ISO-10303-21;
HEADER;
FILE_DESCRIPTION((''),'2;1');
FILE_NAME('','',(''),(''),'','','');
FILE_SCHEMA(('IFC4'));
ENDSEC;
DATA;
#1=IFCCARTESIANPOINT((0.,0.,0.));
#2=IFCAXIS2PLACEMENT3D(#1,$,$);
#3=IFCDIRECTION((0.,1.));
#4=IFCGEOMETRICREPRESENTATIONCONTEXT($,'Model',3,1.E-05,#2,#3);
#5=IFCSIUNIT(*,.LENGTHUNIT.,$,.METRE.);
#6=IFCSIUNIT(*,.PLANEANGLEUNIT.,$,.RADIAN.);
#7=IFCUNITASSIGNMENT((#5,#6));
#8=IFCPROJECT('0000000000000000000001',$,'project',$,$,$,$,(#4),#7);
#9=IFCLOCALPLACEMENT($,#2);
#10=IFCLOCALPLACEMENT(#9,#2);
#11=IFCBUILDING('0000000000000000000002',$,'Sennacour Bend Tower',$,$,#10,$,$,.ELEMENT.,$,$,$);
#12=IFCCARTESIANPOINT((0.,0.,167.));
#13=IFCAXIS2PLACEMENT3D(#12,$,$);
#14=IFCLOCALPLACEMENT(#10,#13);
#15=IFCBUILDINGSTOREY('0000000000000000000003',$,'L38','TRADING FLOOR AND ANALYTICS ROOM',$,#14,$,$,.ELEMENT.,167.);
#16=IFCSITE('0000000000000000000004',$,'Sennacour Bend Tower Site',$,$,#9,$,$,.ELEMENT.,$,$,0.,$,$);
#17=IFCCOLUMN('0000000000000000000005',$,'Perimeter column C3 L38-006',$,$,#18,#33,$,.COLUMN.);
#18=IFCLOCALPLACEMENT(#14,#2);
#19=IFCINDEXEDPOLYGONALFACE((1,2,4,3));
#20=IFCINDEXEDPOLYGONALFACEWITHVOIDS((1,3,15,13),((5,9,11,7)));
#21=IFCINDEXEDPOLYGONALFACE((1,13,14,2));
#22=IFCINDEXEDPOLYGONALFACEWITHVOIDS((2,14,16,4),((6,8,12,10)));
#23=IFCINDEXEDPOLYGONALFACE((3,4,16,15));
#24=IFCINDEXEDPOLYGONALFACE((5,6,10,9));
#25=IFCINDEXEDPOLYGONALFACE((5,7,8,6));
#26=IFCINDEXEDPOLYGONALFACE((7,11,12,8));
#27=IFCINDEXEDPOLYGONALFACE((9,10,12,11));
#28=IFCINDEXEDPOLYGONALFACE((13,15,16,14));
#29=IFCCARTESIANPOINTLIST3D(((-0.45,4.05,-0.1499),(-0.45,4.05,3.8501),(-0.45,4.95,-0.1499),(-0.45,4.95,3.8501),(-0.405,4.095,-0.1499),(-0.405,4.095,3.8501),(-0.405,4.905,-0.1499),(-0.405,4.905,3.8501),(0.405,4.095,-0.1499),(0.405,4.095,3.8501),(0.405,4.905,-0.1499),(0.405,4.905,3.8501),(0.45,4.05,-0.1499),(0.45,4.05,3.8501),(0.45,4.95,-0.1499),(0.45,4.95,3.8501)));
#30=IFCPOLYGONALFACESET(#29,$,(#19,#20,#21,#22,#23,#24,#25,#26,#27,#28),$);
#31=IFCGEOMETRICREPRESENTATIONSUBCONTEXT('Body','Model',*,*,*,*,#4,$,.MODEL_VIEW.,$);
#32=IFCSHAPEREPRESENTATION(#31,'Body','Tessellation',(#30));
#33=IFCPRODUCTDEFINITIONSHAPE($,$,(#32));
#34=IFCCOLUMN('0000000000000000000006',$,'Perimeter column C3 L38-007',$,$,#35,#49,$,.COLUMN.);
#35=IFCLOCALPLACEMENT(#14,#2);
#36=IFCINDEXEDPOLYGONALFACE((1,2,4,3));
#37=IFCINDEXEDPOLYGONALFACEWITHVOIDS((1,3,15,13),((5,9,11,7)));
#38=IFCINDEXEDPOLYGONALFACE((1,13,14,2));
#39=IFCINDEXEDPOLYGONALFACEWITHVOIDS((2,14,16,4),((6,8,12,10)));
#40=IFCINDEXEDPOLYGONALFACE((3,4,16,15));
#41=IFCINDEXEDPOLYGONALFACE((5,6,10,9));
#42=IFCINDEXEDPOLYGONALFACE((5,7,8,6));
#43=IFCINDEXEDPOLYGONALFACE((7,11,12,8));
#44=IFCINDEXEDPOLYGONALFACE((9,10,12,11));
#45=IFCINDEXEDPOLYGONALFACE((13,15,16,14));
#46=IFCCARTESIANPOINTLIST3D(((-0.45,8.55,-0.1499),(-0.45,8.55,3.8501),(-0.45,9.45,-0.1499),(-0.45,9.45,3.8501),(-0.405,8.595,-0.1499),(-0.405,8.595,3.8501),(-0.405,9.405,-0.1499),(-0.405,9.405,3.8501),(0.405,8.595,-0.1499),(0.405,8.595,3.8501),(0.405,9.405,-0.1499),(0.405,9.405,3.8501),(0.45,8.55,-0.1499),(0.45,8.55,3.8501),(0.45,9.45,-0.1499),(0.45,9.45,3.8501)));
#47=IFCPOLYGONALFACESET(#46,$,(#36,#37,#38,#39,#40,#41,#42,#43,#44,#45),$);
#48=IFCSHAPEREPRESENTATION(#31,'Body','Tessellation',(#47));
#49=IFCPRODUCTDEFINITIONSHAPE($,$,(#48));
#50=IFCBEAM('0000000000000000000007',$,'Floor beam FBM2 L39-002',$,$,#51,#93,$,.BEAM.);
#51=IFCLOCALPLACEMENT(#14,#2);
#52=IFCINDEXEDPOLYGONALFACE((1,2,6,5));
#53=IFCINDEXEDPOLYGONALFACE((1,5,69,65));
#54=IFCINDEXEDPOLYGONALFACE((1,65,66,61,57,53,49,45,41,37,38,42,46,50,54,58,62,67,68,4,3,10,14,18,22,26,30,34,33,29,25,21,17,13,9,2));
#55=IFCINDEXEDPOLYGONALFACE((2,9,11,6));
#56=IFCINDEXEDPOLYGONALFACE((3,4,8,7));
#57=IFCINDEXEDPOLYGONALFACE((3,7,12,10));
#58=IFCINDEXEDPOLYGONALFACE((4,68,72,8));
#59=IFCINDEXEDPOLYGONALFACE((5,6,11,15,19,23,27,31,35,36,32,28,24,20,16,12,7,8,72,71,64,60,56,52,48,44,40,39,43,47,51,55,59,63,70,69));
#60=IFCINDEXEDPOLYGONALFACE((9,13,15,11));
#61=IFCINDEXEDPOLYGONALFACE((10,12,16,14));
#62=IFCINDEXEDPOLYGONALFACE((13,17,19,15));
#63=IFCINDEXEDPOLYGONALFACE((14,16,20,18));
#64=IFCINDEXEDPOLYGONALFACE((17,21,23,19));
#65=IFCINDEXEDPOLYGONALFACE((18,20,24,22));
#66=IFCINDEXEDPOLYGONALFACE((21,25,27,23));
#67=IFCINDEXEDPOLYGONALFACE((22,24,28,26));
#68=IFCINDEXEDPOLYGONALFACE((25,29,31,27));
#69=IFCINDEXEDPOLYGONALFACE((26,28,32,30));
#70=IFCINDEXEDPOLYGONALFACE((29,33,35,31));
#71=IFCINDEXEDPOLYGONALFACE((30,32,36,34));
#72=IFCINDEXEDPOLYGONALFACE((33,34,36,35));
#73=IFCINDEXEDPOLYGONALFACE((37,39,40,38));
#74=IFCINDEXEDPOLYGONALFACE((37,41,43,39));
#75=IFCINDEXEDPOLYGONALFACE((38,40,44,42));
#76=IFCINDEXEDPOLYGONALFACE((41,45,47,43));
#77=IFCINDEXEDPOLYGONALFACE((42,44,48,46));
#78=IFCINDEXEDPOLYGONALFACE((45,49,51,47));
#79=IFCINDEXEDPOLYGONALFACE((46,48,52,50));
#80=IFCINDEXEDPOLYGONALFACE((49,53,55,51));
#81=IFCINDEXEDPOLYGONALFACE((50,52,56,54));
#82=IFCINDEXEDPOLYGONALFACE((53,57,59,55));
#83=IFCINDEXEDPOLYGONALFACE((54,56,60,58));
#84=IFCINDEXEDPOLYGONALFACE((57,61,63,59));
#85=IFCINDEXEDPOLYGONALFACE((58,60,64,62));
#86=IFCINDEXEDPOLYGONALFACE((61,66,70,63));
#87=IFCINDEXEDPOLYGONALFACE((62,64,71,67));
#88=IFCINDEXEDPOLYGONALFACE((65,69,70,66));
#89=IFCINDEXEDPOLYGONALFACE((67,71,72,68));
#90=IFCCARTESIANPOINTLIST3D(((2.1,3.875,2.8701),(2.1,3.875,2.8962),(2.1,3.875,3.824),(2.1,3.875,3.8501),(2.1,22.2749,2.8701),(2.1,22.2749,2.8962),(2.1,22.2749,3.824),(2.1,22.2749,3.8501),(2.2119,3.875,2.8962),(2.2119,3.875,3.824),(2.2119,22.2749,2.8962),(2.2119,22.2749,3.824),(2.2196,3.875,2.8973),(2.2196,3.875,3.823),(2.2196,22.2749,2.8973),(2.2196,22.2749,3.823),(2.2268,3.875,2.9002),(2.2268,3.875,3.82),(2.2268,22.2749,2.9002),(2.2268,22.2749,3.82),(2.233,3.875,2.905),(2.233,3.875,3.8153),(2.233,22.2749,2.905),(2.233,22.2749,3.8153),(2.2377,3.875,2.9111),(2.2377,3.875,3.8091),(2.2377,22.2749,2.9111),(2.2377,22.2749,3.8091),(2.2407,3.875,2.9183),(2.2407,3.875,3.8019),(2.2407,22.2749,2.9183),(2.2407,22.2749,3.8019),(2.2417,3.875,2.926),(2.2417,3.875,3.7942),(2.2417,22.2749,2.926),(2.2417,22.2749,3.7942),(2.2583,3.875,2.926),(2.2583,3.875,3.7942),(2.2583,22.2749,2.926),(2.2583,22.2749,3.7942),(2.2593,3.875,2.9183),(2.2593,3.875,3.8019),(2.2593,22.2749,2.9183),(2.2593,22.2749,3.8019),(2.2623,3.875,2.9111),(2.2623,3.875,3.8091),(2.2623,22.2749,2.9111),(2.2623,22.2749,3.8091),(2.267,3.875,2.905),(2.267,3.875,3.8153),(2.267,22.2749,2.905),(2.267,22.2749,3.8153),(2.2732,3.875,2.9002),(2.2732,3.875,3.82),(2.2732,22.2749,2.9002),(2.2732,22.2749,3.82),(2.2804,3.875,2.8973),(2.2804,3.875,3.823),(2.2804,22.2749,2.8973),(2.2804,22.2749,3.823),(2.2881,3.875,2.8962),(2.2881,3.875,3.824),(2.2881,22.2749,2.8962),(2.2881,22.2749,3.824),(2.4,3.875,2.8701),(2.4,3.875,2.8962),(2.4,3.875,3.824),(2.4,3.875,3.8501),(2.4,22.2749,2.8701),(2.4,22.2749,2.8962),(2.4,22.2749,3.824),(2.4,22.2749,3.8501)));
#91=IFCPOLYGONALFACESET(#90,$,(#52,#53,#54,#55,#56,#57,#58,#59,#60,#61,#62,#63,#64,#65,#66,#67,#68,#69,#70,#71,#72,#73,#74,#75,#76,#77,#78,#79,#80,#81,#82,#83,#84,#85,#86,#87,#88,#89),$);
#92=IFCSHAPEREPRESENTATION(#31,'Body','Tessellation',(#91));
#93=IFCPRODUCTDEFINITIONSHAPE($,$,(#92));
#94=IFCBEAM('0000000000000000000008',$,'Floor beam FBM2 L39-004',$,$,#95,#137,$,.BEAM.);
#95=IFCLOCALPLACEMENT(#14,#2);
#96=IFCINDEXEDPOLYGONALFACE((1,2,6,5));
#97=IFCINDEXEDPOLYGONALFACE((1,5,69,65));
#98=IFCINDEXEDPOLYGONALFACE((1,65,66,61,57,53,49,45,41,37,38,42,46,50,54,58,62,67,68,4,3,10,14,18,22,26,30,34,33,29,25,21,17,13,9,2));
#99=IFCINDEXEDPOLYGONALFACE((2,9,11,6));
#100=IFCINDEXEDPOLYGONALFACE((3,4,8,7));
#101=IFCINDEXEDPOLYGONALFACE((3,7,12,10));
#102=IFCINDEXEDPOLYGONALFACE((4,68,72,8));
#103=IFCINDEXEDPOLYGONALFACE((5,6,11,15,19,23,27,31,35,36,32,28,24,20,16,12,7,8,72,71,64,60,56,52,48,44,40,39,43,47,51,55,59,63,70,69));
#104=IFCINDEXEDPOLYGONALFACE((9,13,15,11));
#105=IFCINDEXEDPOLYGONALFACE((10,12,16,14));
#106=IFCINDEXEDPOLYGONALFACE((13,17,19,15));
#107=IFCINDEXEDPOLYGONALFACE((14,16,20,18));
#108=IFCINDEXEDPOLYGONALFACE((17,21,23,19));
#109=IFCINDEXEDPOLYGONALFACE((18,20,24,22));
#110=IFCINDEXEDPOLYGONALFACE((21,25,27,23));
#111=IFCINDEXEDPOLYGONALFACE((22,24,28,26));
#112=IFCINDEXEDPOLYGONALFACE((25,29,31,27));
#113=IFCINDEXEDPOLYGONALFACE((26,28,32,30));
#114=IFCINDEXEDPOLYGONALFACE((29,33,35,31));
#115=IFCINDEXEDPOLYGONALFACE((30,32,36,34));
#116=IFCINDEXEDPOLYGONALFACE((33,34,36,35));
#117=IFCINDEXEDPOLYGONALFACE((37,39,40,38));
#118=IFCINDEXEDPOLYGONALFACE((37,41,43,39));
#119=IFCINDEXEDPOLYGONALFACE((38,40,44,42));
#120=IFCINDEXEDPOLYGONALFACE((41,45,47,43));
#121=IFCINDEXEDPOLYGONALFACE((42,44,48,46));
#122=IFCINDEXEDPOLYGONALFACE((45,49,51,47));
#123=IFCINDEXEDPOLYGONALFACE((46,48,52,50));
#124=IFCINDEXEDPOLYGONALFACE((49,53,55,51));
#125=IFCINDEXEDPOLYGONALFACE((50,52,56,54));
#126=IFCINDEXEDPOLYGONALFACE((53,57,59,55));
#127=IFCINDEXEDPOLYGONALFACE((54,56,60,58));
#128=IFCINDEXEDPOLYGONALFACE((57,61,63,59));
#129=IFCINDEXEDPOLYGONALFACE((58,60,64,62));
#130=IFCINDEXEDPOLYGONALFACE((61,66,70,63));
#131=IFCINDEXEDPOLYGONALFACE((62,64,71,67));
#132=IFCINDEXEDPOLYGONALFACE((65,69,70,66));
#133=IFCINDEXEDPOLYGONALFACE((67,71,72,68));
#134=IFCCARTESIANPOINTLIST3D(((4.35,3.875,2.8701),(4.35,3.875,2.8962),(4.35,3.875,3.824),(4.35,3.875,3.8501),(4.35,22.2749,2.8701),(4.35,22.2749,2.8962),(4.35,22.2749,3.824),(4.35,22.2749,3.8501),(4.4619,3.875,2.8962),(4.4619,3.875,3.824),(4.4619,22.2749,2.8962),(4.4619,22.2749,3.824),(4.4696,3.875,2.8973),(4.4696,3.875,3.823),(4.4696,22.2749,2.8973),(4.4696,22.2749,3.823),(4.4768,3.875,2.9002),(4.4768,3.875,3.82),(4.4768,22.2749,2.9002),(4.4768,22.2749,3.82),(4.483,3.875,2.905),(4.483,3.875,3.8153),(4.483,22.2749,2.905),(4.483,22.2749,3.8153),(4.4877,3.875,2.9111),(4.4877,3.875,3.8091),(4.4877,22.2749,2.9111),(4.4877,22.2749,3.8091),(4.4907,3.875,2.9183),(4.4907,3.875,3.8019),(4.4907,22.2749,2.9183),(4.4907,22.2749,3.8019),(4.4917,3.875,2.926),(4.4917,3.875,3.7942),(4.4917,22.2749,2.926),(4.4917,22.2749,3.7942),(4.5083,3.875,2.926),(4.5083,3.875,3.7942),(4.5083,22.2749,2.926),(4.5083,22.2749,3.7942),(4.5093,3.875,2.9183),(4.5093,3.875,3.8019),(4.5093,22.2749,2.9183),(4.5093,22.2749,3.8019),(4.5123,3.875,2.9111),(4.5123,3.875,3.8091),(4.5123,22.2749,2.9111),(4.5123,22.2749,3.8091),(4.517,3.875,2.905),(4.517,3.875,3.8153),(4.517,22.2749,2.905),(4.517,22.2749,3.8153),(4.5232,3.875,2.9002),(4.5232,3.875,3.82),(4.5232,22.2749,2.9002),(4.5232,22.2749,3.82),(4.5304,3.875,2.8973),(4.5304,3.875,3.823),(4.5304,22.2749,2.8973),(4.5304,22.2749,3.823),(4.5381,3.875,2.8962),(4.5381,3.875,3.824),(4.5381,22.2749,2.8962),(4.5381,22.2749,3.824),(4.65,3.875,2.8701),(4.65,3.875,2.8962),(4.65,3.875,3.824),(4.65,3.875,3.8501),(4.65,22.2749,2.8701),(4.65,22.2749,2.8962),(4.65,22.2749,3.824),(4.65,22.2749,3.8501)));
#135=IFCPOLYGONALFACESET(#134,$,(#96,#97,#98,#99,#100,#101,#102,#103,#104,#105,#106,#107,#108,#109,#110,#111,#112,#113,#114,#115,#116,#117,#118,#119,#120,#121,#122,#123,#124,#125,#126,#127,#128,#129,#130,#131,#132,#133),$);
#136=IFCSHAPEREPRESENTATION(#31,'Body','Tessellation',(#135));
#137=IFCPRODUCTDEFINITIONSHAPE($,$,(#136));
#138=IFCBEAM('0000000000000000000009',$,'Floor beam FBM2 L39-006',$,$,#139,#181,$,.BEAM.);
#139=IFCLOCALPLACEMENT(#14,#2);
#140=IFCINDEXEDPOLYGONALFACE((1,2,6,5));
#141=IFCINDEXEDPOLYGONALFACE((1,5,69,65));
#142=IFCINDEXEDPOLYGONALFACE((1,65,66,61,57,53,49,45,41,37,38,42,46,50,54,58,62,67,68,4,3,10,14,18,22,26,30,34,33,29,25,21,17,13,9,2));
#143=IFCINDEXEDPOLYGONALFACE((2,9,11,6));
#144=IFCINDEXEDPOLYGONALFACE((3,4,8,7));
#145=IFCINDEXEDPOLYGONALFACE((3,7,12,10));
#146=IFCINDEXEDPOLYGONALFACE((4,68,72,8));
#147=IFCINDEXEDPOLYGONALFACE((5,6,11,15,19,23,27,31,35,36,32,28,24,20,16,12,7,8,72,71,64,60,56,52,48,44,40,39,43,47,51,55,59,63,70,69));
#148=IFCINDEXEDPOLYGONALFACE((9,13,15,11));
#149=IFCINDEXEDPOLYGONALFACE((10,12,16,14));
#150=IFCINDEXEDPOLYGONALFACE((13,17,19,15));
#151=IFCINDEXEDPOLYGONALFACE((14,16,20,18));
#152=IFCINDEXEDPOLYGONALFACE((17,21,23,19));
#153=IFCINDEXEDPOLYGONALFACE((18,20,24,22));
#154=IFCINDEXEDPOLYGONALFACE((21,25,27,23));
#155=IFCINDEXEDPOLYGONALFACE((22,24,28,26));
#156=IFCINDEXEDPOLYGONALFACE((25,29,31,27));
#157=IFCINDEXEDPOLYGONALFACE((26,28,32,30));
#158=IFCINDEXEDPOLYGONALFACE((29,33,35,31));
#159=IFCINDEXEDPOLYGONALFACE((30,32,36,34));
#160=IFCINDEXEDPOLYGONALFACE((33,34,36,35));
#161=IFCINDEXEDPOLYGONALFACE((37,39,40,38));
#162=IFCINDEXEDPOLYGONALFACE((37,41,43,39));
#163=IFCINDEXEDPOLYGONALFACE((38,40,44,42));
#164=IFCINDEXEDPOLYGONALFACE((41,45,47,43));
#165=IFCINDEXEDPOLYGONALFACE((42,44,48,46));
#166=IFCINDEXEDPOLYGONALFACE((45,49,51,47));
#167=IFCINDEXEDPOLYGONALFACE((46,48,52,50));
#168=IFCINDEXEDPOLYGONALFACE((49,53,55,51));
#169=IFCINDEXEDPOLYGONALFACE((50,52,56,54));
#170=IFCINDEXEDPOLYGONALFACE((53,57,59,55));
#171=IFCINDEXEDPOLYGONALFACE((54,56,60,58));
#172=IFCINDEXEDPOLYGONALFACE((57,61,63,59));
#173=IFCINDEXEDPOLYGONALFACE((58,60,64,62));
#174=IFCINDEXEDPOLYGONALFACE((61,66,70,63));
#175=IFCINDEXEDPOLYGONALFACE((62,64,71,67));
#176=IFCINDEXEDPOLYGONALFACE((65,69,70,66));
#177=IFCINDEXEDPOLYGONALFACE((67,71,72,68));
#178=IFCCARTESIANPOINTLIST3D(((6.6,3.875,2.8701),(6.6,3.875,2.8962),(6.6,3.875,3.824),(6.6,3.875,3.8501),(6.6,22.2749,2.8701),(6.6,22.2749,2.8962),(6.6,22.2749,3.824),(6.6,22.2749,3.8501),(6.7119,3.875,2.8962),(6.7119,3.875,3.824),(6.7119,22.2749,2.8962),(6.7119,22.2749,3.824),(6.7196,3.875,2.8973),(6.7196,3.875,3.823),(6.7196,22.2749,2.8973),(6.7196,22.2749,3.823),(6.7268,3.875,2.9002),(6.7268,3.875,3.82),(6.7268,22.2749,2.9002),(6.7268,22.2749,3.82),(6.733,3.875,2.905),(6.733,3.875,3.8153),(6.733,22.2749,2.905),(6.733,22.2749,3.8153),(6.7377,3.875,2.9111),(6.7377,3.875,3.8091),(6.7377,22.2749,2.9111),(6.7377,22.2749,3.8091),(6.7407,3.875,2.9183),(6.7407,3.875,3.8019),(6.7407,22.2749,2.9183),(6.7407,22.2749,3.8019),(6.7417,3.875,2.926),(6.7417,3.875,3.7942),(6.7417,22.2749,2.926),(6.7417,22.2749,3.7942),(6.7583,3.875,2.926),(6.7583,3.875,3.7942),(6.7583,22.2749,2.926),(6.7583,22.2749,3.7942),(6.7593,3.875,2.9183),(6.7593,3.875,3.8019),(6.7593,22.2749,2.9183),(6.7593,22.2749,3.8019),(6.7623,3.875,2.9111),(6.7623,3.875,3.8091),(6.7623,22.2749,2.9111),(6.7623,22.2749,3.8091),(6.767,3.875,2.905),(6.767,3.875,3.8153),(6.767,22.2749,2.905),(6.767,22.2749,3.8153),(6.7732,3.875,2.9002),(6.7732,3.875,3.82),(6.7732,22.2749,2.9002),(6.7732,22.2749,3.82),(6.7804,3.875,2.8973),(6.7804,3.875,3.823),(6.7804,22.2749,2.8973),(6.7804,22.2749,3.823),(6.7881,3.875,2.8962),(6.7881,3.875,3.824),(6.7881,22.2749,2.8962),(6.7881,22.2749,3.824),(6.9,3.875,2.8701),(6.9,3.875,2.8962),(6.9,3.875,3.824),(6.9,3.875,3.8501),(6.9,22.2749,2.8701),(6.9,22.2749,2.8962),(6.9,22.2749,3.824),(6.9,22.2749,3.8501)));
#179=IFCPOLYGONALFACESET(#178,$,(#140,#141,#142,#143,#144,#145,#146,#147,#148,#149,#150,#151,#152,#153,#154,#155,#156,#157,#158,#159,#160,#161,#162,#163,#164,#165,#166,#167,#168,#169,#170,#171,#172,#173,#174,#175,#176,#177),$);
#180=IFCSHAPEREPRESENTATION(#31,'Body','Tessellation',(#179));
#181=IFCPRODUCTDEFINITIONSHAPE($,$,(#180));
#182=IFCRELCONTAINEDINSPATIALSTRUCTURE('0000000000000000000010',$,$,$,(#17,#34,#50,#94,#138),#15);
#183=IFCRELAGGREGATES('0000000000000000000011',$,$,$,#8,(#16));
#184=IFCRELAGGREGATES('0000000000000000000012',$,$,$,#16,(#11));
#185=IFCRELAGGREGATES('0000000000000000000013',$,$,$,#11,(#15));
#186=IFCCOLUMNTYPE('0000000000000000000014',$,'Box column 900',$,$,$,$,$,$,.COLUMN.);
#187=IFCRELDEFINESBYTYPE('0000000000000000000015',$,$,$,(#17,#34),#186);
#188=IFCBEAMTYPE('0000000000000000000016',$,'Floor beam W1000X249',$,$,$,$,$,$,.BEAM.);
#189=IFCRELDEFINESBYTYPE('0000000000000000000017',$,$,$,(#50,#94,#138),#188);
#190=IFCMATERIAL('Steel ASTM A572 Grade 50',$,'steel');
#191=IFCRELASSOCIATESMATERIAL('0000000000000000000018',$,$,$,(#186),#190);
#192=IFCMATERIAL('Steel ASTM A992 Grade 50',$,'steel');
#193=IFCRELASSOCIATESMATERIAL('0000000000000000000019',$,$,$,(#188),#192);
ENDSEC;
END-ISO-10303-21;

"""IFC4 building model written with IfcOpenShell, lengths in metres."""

from ifc_helpers import new_model, si_unit, direction, frame, origin, origin_2d, place, context, subcontext, project, spatial, hollow_rectangle, i_section, extrude, material, material_profile, profile_set, type_object, element, save


model = new_model("IFC4")

# Units and contexts
model_context = context("Model", 3, precision=1e-05, world=origin(), true_north=direction((0.0, 1.0)))
body_context = subcontext(model_context, "Body", "Model", "MODEL_VIEW")
ifc_project = project(units=[si_unit("LENGTHUNIT", "METRE"), si_unit("PLANEANGLEUNIT", "RADIAN")], contexts=[model_context])

# Site, building, storey
site_placement = place(None, origin())
site = spatial("IfcSite", under=ifc_project, at=site_placement, Name="Sennacour Bend Tower Site", CompositionType="ELEMENT", RefElevation=0.0)
building_placement = place(site_placement, origin())
building = spatial("IfcBuilding", under=site, at=building_placement, Name="Sennacour Bend Tower", CompositionType="ELEMENT")
storey_placement = place(building_placement, frame((0.0, 0.0, 167.0)))
storey = spatial("IfcBuildingStorey", under=building, at=storey_placement, Name="L38", Description="TRADING FLOOR AND ANALYTICS ROOM", CompositionType="ELEMENT", Elevation=167.0)

# Columns
ifc_material_1 = material(Name="Steel ASTM A572 Grade 50", Category="steel")
ifc_material_profile_1 = material_profile(ifc_material_1, hollow_rectangle(XDim=0.8999, YDim=0.8999, WallThickness=0.0449, at=origin_2d()), Name="Steel ASTM A572 Grade 50", Category="steel")
ifc_profile_set_1 = profile_set([ifc_material_profile_1], Name="Steel ASTM A572 Grade 50")
column_type = type_object("IfcColumnType", Name="Box column 900", PredefinedType="COLUMN", material=ifc_profile_set_1)
for number, where, z_axis, x_axis, name in (
    (1, (0.0, 4.5, -0.1499), (0.0, 0.0, 1.0), (1.0, 0.0, 0.0), "Perimeter column C3 L38-006"),
    (2, (0.0, 9.0, -0.1499), (0.0, 0.0, 1.0), (1.0, 0.0, 0.0), "Perimeter column C3 L38-007"),
):
    element("IfcColumn", number, at=place(storey_placement, frame(where, z_axis=z_axis, x_axis=x_axis)), inside=storey, type_object=column_type, Name=name, PredefinedType="COLUMN", context=body_context, shape_type="SweptSolid", body=[
        extrude(hollow_rectangle(XDim=0.8999, YDim=0.8999, WallThickness=0.0449, at=origin_2d()), origin(), (0.0, 0.0, 1.0), 4.0),
    ])

# Beams
ifc_material_2 = material(Name="Steel ASTM A992 Grade 50", Category="steel")
ifc_material_profile_2 = material_profile(ifc_material_2, i_section(OverallWidth=0.3, OverallDepth=0.98, WebThickness=0.0166, FlangeThickness=0.0261, FilletRadius=0.0298, at=origin_2d()), Name="Steel ASTM A992 Grade 50", Category="steel")
ifc_profile_set_2 = profile_set([ifc_material_profile_2], Name="Steel ASTM A992 Grade 50")
beam_type_1 = type_object("IfcBeamType", Name="Floor beam W1000X249", PredefinedType="BEAM", material=ifc_profile_set_2)
for number, where, z_axis, x_axis, name in (
    (3, (2.25, 3.875, 3.3601), (0.0, 1.0, 0.0), (-1.0, 0.0, 0.0), "Floor beam FBM2 L39-002"),
    (4, (4.5, 3.875, 3.3601), (0.0, 1.0, 0.0), (-1.0, 0.0, 0.0), "Floor beam FBM2 L39-004"),
    (5, (6.75, 3.875, 3.3601), (0.0, 1.0, 0.0), (-1.0, 0.0, 0.0), "Floor beam FBM2 L39-006"),
):
    element("IfcBeam", number, at=place(storey_placement, frame(where, z_axis=z_axis, x_axis=x_axis)), inside=storey, type_object=beam_type_1, Name=name, PredefinedType="BEAM", context=body_context, shape_type="SweptSolid", body=[
        extrude(i_section(OverallWidth=0.3, OverallDepth=0.98, WebThickness=0.0166, FlangeThickness=0.0261, FilletRadius=0.0298, at=origin_2d()), origin(), (0.0, 0.0, 1.0), 18.3999),
    ])

save(model, "model.ifc")
